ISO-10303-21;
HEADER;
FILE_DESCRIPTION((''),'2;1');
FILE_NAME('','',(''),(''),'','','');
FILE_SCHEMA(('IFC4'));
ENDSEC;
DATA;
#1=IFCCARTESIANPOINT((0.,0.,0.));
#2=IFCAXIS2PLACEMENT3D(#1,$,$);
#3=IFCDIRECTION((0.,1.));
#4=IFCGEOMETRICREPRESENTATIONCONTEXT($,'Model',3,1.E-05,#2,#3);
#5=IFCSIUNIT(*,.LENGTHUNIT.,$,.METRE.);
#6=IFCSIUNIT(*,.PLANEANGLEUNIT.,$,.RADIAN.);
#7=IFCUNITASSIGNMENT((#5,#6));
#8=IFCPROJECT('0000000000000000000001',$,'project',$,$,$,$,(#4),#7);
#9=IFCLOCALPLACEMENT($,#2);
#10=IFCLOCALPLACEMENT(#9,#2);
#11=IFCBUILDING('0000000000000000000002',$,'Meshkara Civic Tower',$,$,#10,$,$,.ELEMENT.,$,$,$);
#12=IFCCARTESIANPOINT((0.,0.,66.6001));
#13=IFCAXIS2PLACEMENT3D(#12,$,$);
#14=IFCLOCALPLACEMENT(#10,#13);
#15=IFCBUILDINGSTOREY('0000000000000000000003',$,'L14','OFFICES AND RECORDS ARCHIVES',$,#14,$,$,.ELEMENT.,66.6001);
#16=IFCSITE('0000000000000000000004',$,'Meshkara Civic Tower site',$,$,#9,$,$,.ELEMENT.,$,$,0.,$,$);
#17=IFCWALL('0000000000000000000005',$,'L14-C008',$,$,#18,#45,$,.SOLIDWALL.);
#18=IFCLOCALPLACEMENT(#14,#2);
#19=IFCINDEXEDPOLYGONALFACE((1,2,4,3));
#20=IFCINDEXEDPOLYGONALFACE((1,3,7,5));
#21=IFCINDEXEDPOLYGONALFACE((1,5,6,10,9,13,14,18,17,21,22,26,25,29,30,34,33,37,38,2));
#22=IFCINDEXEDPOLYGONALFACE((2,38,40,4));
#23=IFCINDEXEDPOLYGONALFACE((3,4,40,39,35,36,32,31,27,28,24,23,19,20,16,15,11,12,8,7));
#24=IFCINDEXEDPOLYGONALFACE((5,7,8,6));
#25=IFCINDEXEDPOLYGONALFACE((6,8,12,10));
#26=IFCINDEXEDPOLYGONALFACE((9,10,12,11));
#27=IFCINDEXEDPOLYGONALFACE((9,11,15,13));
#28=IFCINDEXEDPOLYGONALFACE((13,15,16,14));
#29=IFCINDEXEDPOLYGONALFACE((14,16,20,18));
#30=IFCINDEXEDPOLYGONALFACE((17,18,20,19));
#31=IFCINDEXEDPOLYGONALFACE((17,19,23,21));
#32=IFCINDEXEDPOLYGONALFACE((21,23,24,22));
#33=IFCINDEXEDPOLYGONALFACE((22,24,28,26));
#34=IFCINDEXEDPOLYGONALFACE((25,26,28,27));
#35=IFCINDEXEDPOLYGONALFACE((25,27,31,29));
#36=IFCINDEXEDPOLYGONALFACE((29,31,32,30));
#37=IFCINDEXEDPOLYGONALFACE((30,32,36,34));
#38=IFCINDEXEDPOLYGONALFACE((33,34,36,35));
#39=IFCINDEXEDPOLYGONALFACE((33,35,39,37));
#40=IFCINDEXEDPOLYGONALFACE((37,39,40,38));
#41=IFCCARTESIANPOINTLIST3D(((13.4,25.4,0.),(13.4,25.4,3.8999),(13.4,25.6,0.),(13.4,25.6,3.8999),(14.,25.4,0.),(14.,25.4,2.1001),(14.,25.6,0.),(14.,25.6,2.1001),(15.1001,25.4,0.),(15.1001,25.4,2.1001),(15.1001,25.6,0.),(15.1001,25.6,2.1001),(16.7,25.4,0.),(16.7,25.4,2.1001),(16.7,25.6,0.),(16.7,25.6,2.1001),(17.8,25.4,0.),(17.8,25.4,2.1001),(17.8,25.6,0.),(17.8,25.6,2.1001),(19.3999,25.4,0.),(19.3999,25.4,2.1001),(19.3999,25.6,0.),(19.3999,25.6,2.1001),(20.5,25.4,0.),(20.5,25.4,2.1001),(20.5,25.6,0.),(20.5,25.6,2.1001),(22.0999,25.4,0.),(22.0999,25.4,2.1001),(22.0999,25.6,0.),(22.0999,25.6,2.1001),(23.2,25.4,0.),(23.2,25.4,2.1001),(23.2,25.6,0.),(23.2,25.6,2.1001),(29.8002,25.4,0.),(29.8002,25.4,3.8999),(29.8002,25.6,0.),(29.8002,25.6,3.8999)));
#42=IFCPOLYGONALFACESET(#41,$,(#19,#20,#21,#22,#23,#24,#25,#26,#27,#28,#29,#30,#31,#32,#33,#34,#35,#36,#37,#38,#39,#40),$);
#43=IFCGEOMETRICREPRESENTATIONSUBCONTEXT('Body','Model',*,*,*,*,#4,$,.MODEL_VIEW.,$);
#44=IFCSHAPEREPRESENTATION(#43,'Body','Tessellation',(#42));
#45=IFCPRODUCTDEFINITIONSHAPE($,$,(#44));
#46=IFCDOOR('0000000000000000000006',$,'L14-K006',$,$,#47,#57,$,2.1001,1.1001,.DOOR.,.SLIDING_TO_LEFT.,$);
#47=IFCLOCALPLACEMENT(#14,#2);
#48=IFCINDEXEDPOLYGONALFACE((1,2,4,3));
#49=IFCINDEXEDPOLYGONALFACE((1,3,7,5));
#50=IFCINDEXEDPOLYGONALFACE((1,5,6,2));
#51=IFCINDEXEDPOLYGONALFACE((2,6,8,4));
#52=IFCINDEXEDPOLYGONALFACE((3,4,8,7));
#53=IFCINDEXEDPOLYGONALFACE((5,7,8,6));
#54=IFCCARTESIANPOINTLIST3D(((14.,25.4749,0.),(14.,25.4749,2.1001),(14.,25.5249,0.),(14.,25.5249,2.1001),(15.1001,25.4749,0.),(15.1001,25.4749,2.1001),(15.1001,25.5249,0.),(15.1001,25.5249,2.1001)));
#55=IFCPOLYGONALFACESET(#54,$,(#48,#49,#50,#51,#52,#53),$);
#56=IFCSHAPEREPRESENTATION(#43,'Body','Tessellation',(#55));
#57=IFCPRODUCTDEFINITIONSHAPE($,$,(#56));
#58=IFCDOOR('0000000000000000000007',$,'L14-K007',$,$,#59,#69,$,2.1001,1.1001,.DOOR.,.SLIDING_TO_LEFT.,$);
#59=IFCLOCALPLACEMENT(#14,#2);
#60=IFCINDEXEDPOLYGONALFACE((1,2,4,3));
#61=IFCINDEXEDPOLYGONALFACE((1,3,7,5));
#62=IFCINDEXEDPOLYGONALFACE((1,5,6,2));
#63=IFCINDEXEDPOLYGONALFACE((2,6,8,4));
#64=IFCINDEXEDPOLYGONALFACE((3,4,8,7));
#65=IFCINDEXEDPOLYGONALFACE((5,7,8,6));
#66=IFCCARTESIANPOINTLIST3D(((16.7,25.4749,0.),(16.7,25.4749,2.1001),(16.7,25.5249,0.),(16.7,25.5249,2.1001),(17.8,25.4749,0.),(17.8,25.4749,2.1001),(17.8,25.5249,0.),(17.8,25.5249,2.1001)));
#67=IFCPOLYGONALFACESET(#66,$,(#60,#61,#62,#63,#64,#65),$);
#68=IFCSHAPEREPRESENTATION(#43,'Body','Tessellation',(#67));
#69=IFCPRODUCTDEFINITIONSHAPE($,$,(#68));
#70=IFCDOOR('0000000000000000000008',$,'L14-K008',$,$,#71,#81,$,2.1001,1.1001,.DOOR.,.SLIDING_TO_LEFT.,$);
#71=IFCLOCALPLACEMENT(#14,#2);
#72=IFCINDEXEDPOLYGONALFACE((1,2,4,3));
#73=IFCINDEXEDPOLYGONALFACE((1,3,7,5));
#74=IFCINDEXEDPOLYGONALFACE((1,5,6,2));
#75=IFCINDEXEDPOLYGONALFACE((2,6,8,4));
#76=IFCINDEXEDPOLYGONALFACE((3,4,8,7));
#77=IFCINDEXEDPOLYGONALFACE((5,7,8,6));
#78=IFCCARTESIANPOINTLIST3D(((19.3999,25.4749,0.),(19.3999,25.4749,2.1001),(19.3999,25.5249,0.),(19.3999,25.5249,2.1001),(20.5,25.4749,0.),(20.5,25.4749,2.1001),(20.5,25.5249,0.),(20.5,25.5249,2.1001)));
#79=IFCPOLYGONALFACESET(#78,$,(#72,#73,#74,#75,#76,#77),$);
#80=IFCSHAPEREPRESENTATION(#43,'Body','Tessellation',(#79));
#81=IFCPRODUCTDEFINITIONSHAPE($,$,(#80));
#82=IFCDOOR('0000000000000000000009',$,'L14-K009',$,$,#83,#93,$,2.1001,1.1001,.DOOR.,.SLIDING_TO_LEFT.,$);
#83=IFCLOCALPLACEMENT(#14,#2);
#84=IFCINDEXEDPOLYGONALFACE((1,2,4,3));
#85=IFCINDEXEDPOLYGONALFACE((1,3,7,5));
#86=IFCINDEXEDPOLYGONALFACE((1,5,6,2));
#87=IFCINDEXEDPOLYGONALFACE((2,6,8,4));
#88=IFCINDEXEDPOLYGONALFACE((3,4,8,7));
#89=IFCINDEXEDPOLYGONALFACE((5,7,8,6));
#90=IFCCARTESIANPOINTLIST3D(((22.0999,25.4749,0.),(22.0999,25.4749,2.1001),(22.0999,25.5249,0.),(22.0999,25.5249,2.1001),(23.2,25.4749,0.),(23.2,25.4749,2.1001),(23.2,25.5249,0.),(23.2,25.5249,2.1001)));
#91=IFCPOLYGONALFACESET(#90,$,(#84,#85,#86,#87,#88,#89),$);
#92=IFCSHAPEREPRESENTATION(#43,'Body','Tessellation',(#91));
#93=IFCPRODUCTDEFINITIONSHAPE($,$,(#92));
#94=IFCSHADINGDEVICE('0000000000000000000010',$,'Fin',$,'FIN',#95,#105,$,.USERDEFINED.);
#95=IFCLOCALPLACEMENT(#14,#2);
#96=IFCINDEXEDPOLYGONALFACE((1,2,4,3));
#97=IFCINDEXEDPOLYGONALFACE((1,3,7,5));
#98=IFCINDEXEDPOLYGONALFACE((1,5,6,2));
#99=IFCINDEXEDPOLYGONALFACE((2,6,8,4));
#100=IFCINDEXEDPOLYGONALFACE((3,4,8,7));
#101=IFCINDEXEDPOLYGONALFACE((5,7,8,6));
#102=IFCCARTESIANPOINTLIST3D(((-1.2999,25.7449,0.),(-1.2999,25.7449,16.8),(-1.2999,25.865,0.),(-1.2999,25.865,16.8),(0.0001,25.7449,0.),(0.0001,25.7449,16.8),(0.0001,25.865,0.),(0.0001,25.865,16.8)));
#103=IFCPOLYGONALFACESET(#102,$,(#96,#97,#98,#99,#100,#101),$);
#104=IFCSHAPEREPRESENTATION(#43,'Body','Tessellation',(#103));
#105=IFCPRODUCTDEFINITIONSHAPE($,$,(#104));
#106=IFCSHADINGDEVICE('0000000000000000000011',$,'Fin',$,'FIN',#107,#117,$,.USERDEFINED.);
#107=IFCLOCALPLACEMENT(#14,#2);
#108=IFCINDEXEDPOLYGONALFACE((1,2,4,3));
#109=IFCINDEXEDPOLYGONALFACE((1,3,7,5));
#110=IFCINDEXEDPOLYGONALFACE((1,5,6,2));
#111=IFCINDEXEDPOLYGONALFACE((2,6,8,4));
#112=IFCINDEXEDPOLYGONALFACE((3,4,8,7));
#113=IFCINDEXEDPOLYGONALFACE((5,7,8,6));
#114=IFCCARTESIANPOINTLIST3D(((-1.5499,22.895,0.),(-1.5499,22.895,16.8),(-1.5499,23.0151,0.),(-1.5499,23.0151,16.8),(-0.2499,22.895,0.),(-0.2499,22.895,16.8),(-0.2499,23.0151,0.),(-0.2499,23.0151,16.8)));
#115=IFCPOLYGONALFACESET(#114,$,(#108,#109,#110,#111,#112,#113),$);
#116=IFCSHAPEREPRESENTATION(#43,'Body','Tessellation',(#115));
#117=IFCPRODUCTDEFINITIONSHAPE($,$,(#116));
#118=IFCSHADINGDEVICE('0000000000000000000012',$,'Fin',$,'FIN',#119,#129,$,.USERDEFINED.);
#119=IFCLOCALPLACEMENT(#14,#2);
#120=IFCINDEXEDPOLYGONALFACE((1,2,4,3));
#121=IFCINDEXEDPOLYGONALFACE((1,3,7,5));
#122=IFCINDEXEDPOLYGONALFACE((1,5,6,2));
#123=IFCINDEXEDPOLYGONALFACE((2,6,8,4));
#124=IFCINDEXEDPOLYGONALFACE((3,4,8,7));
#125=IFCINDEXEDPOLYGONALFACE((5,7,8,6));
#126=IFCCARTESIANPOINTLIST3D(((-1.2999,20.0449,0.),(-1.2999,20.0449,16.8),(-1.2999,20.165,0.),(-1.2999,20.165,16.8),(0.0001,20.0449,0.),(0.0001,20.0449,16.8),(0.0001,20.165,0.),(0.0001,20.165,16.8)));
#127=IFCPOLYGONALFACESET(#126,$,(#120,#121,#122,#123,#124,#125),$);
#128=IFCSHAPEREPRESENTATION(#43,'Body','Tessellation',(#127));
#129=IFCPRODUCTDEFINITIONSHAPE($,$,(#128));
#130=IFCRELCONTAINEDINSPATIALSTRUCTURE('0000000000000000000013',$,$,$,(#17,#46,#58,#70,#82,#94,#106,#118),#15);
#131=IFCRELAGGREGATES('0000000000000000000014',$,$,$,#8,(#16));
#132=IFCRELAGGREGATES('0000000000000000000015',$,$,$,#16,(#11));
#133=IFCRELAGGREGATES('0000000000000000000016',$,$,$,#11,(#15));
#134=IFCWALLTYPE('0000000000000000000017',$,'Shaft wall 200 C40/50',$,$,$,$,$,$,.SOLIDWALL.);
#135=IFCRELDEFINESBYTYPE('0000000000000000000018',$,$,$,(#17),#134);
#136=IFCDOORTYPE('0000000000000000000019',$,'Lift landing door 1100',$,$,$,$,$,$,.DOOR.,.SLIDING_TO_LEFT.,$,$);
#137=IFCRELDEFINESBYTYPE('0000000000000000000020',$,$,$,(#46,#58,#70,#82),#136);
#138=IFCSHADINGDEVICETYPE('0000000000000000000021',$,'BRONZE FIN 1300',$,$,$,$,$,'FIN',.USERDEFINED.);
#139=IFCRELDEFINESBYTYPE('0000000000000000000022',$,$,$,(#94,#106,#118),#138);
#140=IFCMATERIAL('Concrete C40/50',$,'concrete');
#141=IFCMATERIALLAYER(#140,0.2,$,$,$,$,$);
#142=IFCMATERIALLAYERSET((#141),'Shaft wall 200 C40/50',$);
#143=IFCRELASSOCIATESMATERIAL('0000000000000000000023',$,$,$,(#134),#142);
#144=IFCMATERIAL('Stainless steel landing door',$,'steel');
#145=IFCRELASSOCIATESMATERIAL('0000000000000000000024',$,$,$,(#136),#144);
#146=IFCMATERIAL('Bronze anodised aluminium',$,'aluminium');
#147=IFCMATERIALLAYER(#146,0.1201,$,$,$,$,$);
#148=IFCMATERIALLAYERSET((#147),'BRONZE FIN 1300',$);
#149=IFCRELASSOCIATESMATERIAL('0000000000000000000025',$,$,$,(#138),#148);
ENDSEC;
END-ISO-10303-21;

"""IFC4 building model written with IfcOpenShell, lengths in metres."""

from ifc_helpers import new_model, si_unit, direction, frame, frame_2d, origin, origin_2d, place, context, subcontext, project, spatial, rectangle, extrude, material, layer, layer_set, type_object, element, fill, save


model = new_model("IFC4")

# Units and contexts
model_context = context("Model", 3, precision=1e-05, world=origin(), true_north=direction((0.0, 1.0)))
body_context = subcontext(model_context, "Body", "Model", "MODEL_VIEW")
ifc_project = project(units=[si_unit("LENGTHUNIT", "METRE"), si_unit("PLANEANGLEUNIT", "RADIAN")], contexts=[model_context])

# Site, building, storey
site_placement = place(None, origin())
site = spatial("IfcSite", under=ifc_project, at=site_placement, Name="Meshkara Civic Tower site", CompositionType="ELEMENT", RefElevation=0.0)
building_placement = place(site_placement, origin())
building = spatial("IfcBuilding", under=site, at=building_placement, Name="Meshkara Civic Tower", CompositionType="ELEMENT")
storey_placement = place(building_placement, frame((0.0, 0.0, 66.6001)))
storey = spatial("IfcBuildingStorey", under=building, at=storey_placement, Name="L14", Description="OFFICES AND RECORDS ARCHIVES", CompositionType="ELEMENT", Elevation=66.6001)

# Wall, openings, doors
ifc_material_1 = material(Name="Concrete C40/50", Category="concrete")
ifc_layer_1 = layer(ifc_material_1, 0.2)
ifc_layer_set_1 = layer_set([ifc_layer_1], Name="Shaft wall 200 C40/50")
wall_type_1 = type_object("IfcWallType", Name="Shaft wall 200 C40/50", PredefinedType="SOLIDWALL", material=ifc_layer_set_1)
ifc_material_2 = material(Name="Stainless steel landing door", Category="steel")
door_type_1 = type_object("IfcDoorType", Name="Lift landing door 1100", OperationType="SLIDING_TO_LEFT", PredefinedType="DOOR", material=ifc_material_2)
wall_1_placement = place(storey_placement, frame((13.3999, 25.5, 0.0), z_axis=(0.0, 0.0, 1.0), x_axis=(1.0, 0.0, 0.0)))
wall_1 = element("IfcWall", 1, at=wall_1_placement, inside=storey, type_object=wall_type_1, Name="L14-C008", PredefinedType="SOLIDWALL", context=body_context, shape_type="SweptSolid", body=[
    extrude(rectangle(XDim=16.4001, YDim=0.2, at=frame_2d((8.2002, 0.0))), origin(), (0.0, 0.0, 1.0), 3.8999),
])
opening_1_placement = place(wall_1_placement, frame((0.6001, 0.0, 0.0)))
opening_1 = element("IfcOpeningElement", 2, at=opening_1_placement, cuts=wall_1, PredefinedType="OPENING", context=body_context, shape_type="SweptSolid", body=[
    extrude(rectangle(XDim=1.1001, YDim=2.1001, at=frame_2d((0.55, 1.05))), frame((0.0, 0.1099, 0.0), z_axis=(0.0, -1.0, 0.0), x_axis=(1.0, 0.0, 0.0)), (0.0, 0.0, 1.0), 0.22),
])
opening_2_placement = place(wall_1_placement, frame((3.3, 0.0, 0.0)))
opening_2 = element("IfcOpeningElement", 3, at=opening_2_placement, cuts=wall_1, PredefinedType="OPENING", context=body_context, shape_type="SweptSolid", body=[
    extrude(rectangle(XDim=1.1001, YDim=2.1001, at=frame_2d((0.55, 1.05))), frame((0.0, 0.1099, 0.0), z_axis=(0.0, -1.0, 0.0), x_axis=(1.0, 0.0, 0.0)), (0.0, 0.0, 1.0), 0.22),
])
opening_3_placement = place(wall_1_placement, frame((6.0, 0.0, 0.0)))
opening_3 = element("IfcOpeningElement", 4, at=opening_3_placement, cuts=wall_1, PredefinedType="OPENING", context=body_context, shape_type="SweptSolid", body=[
    extrude(rectangle(XDim=1.1001, YDim=2.1001, at=frame_2d((0.55, 1.05))), frame((0.0, 0.1099, 0.0), z_axis=(0.0, -1.0, 0.0), x_axis=(1.0, 0.0, 0.0)), (0.0, 0.0, 1.0), 0.22),
])
opening_4_placement = place(wall_1_placement, frame((8.7, 0.0, 0.0)))
opening_4 = element("IfcOpeningElement", 5, at=opening_4_placement, cuts=wall_1, PredefinedType="OPENING", context=body_context, shape_type="SweptSolid", body=[
    extrude(rectangle(XDim=1.1001, YDim=2.1001, at=frame_2d((0.55, 1.05))), frame((0.0, 0.1099, 0.0), z_axis=(0.0, -1.0, 0.0), x_axis=(1.0, 0.0, 0.0)), (0.0, 0.0, 1.0), 0.22),
])
door_1_placement = place(opening_1_placement, origin())
door_1 = element("IfcDoor", 6, at=door_1_placement, inside=storey, type_object=door_type_1, Name="L14-K006", OperationType="SLIDING_TO_LEFT", OverallHeight=2.1001, OverallWidth=1.1001, PredefinedType="DOOR", context=body_context, shape_type="SweptSolid", body=[
    extrude(rectangle(XDim=1.1001, YDim=2.1001, at=frame_2d((0.55, 1.05))), frame((0.0, 0.0249, 0.0), z_axis=(0.0, -1.0, 0.0), x_axis=(1.0, 0.0, 0.0)), (0.0, 0.0, 1.0), 0.05),
])
fill(opening_1, door_1)
door_2_placement = place(opening_2_placement, origin())
door_2 = element("IfcDoor", 7, at=door_2_placement, inside=storey, type_object=door_type_1, Name="L14-K007", OperationType="SLIDING_TO_LEFT", OverallHeight=2.1001, OverallWidth=1.1001, PredefinedType="DOOR", context=body_context, shape_type="SweptSolid", body=[
    extrude(rectangle(XDim=1.1001, YDim=2.1001, at=frame_2d((0.55, 1.05))), frame((0.0, 0.0249, 0.0), z_axis=(0.0, -1.0, 0.0), x_axis=(1.0, 0.0, 0.0)), (0.0, 0.0, 1.0), 0.05),
])
fill(opening_2, door_2)
door_3_placement = place(opening_3_placement, origin())
door_3 = element("IfcDoor", 8, at=door_3_placement, inside=storey, type_object=door_type_1, Name="L14-K008", OperationType="SLIDING_TO_LEFT", OverallHeight=2.1001, OverallWidth=1.1001, PredefinedType="DOOR", context=body_context, shape_type="SweptSolid", body=[
    extrude(rectangle(XDim=1.1001, YDim=2.1001, at=frame_2d((0.55, 1.05))), frame((0.0, 0.0249, 0.0), z_axis=(0.0, -1.0, 0.0), x_axis=(1.0, 0.0, 0.0)), (0.0, 0.0, 1.0), 0.05),
])
fill(opening_3, door_3)
door_4_placement = place(opening_4_placement, origin())
door_4 = element("IfcDoor", 9, at=door_4_placement, inside=storey, type_object=door_type_1, Name="L14-K009", OperationType="SLIDING_TO_LEFT", OverallHeight=2.1001, OverallWidth=1.1001, PredefinedType="DOOR", context=body_context, shape_type="SweptSolid", body=[
    extrude(rectangle(XDim=1.1001, YDim=2.1001, at=frame_2d((0.55, 1.05))), frame((0.0, 0.0249, 0.0), z_axis=(0.0, -1.0, 0.0), x_axis=(1.0, 0.0, 0.0)), (0.0, 0.0, 1.0), 0.05),
])
fill(opening_4, door_4)

# Shading devices
ifc_material_3 = material(Name="Bronze anodised aluminium", Category="aluminium")
ifc_layer_2 = layer(ifc_material_3, 0.1201)
ifc_layer_set_2 = layer_set([ifc_layer_2], Name="BRONZE FIN 1300")
shading_device_type = type_object("IfcShadingDeviceType", Name="BRONZE FIN 1300", ElementType="FIN", PredefinedType="USERDEFINED", material=ifc_layer_set_2)
for number, where, z_axis, x_axis, name in (
    (10, (-0.6499, 25.8049, 0.0), (0.0, 0.0, 1.0), (0.0, -1.0, 0.0), "Fin"),
    (11, (-0.8999, 22.9551, 0.0), (0.0, 0.0, 1.0), (0.0, -1.0, 0.0), "Fin"),
    (12, (-0.6499, 20.105, 0.0), (0.0, 0.0, 1.0), (0.0, -1.0, 0.0), "Fin"),
):
    element("IfcShadingDevice", number, at=place(storey_placement, frame(where, z_axis=z_axis, x_axis=x_axis)), inside=storey, type_object=shading_device_type, Name=name, ObjectType="FIN", PredefinedType="USERDEFINED", context=body_context, shape_type="SweptSolid", body=[
        extrude(rectangle(XDim=0.1201, YDim=1.3, at=origin_2d()), origin(), (0.0, 0.0, 1.0), 16.8),
    ])

save(model, "model.ifc")
